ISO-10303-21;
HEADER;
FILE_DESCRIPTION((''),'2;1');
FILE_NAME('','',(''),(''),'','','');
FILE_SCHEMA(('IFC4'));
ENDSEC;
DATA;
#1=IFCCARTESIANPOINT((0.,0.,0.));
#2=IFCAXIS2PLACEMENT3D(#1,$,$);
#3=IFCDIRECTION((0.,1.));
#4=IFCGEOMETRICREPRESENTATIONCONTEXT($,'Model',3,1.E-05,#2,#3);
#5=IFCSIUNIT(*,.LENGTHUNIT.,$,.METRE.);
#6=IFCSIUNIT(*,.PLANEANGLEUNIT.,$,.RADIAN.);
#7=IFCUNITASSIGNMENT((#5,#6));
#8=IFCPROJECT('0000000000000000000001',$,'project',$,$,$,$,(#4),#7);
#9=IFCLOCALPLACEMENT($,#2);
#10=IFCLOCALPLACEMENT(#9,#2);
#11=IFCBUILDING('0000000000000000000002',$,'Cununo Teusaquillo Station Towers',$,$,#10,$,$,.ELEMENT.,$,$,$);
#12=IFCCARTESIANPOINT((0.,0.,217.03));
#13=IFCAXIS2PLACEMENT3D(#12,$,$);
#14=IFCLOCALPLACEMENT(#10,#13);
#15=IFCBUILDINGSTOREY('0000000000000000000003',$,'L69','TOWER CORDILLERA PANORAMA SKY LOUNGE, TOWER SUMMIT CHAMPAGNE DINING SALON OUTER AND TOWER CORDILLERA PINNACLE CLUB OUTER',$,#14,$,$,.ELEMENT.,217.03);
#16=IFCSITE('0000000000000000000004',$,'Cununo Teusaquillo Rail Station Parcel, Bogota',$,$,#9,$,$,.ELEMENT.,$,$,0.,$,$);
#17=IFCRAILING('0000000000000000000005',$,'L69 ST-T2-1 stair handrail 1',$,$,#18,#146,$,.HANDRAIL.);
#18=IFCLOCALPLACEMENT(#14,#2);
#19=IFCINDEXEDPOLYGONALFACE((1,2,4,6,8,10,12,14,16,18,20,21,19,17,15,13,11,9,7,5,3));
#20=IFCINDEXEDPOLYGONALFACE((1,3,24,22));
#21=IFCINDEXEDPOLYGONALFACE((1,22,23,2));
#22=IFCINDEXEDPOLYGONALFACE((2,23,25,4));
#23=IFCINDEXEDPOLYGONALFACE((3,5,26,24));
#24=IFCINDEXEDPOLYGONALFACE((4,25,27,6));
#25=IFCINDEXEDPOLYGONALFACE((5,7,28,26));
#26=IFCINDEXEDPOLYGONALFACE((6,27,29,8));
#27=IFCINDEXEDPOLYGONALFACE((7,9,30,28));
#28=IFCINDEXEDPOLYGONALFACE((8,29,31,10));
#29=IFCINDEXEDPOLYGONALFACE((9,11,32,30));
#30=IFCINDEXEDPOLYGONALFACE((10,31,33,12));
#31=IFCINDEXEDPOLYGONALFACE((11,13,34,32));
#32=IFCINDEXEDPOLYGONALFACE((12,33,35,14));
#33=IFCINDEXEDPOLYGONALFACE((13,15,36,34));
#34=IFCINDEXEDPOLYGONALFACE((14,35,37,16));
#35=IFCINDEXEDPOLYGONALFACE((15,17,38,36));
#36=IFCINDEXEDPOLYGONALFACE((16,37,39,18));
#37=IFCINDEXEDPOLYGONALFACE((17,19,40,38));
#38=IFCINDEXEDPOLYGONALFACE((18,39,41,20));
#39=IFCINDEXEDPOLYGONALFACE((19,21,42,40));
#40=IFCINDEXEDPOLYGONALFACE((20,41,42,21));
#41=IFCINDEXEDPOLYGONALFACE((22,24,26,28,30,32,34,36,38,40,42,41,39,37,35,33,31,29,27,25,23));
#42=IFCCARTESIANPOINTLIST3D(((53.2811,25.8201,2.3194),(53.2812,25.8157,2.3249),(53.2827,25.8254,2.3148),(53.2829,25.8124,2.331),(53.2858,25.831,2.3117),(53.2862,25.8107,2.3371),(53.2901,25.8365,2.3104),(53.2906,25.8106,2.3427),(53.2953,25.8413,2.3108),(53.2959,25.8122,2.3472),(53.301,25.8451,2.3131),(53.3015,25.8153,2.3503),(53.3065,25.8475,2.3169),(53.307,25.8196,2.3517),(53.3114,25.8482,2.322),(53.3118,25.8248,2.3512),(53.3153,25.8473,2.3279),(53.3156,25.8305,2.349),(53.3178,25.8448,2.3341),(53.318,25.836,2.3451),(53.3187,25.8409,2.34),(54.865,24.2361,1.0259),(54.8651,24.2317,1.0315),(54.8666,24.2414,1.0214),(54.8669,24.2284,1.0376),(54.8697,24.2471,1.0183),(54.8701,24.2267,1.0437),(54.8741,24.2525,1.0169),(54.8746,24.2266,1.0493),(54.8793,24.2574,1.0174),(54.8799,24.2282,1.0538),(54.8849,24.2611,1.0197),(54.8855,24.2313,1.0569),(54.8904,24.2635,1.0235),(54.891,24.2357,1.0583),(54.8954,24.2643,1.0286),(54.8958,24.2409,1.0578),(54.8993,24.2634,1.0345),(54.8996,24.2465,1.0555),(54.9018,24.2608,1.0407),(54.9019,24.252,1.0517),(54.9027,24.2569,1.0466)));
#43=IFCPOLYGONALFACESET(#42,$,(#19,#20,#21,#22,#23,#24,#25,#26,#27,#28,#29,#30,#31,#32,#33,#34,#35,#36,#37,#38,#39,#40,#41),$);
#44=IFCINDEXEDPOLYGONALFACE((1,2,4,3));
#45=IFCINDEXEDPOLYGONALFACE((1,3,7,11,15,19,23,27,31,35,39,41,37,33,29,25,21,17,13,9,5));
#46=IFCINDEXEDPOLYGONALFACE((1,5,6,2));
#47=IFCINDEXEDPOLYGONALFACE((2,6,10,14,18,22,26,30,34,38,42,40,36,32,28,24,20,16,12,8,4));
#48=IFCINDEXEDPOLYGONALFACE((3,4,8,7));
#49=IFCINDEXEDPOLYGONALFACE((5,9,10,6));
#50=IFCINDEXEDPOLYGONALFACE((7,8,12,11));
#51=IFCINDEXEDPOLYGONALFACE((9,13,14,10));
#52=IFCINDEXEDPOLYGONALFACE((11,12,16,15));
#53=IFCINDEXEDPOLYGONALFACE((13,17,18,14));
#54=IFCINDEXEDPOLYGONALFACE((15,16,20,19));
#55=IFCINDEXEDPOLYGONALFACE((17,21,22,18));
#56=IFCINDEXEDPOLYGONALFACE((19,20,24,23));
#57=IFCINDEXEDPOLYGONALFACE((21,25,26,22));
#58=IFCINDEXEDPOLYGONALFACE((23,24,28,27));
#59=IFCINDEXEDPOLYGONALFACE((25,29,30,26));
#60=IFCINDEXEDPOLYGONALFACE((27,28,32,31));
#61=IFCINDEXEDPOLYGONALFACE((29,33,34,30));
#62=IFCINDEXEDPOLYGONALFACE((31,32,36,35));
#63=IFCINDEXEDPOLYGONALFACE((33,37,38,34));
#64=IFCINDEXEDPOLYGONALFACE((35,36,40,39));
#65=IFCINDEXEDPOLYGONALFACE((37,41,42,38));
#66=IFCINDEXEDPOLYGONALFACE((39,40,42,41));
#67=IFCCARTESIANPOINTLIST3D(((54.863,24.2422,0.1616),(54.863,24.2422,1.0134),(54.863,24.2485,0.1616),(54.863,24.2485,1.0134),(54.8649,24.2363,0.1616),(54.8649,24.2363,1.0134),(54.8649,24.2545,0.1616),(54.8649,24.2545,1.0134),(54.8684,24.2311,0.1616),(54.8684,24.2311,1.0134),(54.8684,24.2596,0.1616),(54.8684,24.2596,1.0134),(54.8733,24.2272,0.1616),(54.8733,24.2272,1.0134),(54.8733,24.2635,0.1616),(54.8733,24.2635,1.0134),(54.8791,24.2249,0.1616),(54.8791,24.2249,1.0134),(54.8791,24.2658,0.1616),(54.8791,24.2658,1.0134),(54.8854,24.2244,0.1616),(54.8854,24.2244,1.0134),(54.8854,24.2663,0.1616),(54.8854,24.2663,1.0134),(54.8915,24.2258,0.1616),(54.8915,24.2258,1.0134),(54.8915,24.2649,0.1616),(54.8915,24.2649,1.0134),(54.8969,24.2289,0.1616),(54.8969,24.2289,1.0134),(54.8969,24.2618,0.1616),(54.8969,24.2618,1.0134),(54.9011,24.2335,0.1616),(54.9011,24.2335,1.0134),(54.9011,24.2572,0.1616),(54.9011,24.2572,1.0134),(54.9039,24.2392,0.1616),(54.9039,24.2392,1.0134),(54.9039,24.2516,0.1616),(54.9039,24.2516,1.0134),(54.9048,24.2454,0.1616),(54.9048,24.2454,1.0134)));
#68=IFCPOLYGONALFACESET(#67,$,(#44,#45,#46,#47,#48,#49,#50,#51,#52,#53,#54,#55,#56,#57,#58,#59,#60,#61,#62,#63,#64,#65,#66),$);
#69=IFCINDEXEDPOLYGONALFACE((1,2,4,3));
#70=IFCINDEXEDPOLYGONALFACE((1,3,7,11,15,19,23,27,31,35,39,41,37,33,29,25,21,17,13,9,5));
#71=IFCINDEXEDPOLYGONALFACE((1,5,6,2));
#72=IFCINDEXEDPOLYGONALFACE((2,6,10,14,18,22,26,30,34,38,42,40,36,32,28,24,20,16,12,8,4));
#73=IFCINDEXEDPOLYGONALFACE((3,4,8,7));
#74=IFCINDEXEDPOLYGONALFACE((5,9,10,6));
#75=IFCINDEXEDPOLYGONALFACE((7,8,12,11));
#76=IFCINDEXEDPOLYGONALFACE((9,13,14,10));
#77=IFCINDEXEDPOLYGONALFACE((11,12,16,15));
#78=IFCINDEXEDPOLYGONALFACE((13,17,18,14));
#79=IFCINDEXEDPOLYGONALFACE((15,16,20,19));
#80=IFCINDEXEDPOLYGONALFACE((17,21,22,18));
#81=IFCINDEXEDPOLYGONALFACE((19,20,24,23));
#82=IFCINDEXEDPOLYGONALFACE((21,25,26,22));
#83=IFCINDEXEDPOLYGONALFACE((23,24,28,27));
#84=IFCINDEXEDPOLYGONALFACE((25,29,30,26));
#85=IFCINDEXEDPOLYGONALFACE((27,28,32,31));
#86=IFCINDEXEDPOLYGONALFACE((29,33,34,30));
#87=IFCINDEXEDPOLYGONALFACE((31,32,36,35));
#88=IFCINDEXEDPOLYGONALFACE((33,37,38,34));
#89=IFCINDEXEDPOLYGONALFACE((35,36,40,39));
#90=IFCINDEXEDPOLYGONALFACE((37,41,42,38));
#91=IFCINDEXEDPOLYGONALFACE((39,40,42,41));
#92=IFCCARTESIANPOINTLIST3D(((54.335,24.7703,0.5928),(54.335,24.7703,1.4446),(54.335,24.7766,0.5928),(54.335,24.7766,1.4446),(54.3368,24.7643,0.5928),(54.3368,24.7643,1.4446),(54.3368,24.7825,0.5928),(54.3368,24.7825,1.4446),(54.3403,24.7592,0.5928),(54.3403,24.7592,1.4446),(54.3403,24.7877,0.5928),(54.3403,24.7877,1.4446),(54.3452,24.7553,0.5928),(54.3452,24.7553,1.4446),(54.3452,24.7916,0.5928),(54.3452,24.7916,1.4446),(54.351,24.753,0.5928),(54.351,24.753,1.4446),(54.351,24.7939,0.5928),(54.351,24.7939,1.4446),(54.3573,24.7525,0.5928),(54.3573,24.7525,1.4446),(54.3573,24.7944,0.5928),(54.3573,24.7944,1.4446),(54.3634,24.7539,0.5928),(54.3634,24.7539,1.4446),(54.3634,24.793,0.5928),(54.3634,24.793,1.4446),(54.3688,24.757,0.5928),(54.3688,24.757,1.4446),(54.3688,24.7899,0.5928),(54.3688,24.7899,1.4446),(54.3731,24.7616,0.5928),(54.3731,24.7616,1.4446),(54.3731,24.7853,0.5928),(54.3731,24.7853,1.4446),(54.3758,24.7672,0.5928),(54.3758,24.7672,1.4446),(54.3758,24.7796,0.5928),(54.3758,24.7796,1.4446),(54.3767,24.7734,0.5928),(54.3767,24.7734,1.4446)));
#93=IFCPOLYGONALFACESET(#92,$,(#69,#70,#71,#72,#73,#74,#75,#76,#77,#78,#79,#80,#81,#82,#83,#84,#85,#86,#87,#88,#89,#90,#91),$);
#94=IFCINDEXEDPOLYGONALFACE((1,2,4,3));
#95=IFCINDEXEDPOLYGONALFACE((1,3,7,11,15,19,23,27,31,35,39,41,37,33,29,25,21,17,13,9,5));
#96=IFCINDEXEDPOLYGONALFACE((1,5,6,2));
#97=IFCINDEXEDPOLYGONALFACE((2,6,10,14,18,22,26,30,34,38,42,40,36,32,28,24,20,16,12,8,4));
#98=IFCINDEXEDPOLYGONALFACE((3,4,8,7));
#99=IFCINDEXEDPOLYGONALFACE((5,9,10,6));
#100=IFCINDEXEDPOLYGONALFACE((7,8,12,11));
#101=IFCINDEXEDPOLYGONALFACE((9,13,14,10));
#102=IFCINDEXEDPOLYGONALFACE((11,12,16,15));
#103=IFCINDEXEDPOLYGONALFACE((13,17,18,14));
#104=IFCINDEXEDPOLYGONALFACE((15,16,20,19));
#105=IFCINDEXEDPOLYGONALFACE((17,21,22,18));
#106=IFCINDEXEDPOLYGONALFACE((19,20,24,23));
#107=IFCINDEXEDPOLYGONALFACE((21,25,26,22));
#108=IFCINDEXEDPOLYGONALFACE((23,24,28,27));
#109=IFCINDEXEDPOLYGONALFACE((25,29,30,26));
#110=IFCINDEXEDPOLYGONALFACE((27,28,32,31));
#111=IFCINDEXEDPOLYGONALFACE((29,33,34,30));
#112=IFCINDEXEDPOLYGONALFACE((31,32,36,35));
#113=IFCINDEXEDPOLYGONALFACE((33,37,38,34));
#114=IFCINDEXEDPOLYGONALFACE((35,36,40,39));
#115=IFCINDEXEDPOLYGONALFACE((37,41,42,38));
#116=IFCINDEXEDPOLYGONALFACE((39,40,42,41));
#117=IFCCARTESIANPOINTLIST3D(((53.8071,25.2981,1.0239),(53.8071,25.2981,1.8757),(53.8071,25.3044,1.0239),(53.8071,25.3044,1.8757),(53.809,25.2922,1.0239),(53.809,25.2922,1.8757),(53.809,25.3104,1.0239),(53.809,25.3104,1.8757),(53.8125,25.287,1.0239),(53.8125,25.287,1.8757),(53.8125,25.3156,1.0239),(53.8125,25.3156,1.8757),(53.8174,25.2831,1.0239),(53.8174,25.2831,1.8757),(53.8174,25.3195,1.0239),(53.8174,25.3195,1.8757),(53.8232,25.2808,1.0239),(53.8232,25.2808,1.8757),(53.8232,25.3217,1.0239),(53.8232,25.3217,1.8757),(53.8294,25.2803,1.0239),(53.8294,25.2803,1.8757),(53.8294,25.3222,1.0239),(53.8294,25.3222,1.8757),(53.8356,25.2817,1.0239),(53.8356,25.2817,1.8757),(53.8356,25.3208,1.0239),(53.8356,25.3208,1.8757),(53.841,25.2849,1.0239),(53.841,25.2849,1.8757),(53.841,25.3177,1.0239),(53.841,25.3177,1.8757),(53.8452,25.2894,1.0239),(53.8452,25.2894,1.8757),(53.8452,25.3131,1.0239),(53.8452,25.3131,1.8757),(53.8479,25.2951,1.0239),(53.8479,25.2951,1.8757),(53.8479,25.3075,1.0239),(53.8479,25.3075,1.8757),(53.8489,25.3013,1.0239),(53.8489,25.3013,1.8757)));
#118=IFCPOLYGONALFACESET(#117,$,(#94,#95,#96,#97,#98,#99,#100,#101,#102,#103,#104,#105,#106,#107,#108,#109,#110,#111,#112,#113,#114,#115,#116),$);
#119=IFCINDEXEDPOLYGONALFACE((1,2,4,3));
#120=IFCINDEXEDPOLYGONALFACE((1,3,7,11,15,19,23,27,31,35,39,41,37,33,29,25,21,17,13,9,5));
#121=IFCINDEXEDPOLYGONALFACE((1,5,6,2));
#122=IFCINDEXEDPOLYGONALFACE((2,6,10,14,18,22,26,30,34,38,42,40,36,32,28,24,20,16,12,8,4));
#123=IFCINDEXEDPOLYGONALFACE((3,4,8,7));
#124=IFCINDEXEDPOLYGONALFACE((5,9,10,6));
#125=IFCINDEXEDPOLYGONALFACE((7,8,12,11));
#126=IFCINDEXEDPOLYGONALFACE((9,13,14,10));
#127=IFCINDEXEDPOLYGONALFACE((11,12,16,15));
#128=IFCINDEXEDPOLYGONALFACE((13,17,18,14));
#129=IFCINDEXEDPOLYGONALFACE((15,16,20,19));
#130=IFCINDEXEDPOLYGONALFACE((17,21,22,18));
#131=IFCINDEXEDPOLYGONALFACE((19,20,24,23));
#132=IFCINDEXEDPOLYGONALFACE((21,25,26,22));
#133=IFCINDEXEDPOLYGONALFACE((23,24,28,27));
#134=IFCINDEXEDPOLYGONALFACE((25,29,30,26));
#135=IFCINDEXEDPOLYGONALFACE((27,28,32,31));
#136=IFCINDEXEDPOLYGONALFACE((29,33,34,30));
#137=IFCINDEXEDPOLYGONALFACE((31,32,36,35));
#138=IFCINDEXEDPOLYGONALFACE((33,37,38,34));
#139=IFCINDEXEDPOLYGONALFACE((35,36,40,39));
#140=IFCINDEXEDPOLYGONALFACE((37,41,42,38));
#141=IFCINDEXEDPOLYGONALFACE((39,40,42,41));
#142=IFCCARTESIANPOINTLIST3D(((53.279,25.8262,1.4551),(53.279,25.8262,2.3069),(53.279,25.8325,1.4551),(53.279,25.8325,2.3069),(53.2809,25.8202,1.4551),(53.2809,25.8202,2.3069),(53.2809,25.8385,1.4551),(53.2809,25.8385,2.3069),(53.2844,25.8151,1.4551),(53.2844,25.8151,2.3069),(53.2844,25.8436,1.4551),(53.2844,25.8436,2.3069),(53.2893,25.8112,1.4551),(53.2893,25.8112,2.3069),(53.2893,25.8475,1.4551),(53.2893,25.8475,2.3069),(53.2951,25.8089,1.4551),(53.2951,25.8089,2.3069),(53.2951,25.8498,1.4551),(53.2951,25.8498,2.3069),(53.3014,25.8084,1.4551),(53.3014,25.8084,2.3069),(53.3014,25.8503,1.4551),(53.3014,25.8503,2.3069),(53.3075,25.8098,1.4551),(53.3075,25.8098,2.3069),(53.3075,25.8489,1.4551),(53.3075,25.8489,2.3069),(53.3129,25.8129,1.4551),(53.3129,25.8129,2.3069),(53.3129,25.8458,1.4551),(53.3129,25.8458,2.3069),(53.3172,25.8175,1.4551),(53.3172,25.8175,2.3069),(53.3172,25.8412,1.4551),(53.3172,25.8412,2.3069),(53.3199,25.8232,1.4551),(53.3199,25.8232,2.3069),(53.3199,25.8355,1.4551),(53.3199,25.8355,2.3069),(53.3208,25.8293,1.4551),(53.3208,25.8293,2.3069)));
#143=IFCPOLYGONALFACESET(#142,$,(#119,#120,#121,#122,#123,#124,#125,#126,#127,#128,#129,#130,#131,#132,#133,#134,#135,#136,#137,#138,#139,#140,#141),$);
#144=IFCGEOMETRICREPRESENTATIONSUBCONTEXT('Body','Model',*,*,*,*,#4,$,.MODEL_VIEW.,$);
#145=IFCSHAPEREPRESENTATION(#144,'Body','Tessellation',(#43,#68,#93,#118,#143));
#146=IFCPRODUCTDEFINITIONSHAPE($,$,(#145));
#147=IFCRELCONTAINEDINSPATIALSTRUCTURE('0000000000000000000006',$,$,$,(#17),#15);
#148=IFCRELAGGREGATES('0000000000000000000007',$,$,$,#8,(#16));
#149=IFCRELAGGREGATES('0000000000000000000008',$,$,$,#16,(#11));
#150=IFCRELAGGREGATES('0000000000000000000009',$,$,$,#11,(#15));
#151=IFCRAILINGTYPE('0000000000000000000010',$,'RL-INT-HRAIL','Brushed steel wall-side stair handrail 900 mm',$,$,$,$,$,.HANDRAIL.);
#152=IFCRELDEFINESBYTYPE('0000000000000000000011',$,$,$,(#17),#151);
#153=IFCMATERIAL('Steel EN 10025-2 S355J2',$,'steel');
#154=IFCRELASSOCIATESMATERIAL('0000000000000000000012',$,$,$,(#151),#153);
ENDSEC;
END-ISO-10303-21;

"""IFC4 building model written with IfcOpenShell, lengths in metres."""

from ifc_helpers import new_model, si_unit, direction, frame, origin, origin_2d, place, context, subcontext, project, spatial, circle, extrude, material, type_object, element, save


model = new_model("IFC4")

# Units and contexts
model_context = context("Model", 3, precision=1e-05, world=origin(), true_north=direction((0.0, 1.0)))
body_context = subcontext(model_context, "Body", "Model", "MODEL_VIEW")
ifc_project = project(units=[si_unit("LENGTHUNIT", "METRE"), si_unit("PLANEANGLEUNIT", "RADIAN")], contexts=[model_context])

# Site, building, storey
site_placement = place(None, origin())
site = spatial("IfcSite", under=ifc_project, at=site_placement, Name="Cununo Teusaquillo Rail Station Parcel, Bogota", CompositionType="ELEMENT", RefElevation=0.0)
building_placement = place(site_placement, origin())
building = spatial("IfcBuilding", under=site, at=building_placement, Name="Cununo Teusaquillo Station Towers", CompositionType="ELEMENT")
storey_placement = place(building_placement, frame((0.0, 0.0, 217.03)))
storey = spatial("IfcBuildingStorey", under=building, at=storey_placement, Name="L69", Description="TOWER CORDILLERA PANORAMA SKY LOUNGE, TOWER SUMMIT CHAMPAGNE DINING SALON OUTER AND TOWER CORDILLERA PINNACLE CLUB OUTER", CompositionType="ELEMENT", Elevation=217.03)

# Railing
ifc_material_1 = material(Name="Steel EN 10025-2 S355J2", Category="steel")
railing_type_1 = type_object("IfcRailingType", Name="RL-INT-HRAIL", Description="Brushed steel wall-side stair handrail 900 mm", PredefinedType="HANDRAIL", material=ifc_material_1)
railing_1_placement = place(storey_placement, frame((54.8838, 24.2454, 0.1616)))
element("IfcRailing", 1, at=railing_1_placement, inside=storey, type_object=railing_type_1, Name="L69 ST-T2-1 stair handrail 1", PredefinedType="HANDRAIL", context=body_context, shape_type="SweptSolid", body=[
    extrude(circle(Radius=0.0239, at=origin_2d()), frame((0.0, 0.0, 0.876), z_axis=(-0.612356, 0.612356, 0.50004), x_axis=(-0.707107, -0.707107, 0.0)), (0.0, 0.0, 1.0), 2.5867),
    extrude(circle(Radius=0.021, at=origin_2d()), origin(), (0.0, 0.0, 1.0), 0.8518),
    extrude(circle(Radius=0.021, at=origin_2d()), frame((-0.5281, 0.5281, 0.4312)), (0.0, 0.0, 1.0), 0.8518),
    extrude(circle(Radius=0.021, at=origin_2d()), frame((-1.0559, 1.0559, 0.8623)), (0.0, 0.0, 1.0), 0.8518),
    extrude(circle(Radius=0.021, at=origin_2d()), frame((-1.584, 1.584, 1.2935)), (0.0, 0.0, 1.0), 0.8518),
])

save(model, "model.ifc")
